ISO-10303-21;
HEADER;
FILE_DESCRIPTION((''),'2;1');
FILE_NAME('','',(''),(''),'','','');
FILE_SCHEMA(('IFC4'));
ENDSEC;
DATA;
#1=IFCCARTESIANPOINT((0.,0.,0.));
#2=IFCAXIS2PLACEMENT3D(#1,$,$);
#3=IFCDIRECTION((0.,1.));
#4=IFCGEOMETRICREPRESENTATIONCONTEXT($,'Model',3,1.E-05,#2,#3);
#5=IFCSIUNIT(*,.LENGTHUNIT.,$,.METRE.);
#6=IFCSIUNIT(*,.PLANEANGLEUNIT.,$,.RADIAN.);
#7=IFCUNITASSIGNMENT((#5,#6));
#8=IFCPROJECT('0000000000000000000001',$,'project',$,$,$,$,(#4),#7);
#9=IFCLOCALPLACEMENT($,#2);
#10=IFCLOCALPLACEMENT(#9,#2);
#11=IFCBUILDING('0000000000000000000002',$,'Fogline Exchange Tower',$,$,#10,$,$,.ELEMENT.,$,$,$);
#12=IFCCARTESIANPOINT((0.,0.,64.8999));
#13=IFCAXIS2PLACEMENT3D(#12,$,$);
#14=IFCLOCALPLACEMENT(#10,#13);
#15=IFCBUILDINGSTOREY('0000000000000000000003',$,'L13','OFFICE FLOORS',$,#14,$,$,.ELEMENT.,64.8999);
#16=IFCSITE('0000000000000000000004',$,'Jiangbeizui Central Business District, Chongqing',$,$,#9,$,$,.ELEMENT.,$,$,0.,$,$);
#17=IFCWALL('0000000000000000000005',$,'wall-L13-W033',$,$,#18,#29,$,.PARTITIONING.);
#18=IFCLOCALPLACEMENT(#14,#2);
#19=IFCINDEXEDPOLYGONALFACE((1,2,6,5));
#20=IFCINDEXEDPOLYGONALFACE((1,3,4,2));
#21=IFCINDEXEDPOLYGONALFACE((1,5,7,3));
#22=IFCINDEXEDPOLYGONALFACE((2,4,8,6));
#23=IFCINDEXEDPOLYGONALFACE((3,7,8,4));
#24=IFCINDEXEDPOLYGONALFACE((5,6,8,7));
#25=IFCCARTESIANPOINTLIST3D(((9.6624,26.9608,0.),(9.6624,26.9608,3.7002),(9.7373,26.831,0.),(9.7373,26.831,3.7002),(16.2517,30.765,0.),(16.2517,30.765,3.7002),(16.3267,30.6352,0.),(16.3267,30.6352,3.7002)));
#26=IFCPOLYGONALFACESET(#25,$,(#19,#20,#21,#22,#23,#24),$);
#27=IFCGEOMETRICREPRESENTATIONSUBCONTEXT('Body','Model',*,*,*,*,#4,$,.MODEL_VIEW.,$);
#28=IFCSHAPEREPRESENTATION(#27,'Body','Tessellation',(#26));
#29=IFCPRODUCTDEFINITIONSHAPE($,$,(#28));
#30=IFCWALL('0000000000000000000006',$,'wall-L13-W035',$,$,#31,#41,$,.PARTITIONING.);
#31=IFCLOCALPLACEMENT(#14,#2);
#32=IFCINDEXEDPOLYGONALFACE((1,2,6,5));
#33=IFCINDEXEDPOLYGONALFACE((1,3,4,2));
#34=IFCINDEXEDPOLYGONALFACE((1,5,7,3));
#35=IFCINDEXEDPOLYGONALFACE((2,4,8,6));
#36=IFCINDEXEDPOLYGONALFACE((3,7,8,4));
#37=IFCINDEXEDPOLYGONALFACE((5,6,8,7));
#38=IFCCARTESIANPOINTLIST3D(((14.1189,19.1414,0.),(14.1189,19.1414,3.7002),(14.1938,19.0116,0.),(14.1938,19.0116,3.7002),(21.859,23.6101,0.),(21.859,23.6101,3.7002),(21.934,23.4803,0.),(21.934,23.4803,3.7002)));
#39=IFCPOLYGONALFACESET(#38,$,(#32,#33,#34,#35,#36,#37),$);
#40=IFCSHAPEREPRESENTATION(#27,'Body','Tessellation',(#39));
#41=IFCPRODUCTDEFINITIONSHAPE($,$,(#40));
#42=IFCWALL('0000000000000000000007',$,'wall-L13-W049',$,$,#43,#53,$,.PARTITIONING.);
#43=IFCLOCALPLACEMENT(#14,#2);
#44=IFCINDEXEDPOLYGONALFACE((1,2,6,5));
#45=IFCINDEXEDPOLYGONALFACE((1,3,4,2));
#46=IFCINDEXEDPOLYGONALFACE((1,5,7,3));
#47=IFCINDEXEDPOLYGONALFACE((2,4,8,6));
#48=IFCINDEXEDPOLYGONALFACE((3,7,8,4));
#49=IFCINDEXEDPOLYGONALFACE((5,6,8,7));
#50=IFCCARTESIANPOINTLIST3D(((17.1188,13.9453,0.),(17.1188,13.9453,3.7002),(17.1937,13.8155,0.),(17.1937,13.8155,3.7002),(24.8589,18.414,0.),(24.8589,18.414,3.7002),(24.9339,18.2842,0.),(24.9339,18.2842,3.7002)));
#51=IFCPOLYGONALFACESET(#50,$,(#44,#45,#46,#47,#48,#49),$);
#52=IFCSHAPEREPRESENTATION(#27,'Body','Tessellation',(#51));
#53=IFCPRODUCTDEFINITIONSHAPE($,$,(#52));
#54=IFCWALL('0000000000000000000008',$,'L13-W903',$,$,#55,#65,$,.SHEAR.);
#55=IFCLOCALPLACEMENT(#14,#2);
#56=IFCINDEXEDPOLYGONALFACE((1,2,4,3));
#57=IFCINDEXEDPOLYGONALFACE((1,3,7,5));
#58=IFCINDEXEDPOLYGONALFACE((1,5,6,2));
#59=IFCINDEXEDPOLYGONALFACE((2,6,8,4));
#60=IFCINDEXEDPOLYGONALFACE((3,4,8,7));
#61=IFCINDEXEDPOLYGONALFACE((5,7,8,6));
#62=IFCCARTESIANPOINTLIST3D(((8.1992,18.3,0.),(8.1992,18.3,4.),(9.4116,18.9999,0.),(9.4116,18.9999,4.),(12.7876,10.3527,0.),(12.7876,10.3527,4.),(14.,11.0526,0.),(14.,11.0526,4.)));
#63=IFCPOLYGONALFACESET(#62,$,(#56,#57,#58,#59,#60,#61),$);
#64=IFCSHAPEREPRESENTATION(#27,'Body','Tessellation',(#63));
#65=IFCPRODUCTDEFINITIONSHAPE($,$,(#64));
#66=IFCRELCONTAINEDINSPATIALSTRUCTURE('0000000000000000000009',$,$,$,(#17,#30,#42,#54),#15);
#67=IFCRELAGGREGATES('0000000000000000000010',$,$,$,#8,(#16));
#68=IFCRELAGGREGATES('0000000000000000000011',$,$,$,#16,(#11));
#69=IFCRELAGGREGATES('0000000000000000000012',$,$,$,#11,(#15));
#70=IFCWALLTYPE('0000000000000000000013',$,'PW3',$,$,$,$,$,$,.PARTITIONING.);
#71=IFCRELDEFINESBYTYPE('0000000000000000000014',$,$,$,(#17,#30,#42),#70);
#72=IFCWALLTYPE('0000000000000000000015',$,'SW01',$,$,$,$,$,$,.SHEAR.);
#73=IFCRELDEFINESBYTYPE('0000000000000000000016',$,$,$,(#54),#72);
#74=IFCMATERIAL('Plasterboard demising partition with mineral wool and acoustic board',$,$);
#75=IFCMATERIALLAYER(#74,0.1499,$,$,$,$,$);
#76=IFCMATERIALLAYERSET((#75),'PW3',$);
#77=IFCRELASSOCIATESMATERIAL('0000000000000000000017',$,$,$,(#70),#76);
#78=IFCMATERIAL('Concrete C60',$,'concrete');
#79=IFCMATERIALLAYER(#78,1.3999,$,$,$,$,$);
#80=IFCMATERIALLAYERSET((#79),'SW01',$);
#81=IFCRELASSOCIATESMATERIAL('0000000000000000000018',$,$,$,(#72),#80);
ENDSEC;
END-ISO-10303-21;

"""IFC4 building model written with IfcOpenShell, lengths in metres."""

from ifc_helpers import new_model, si_unit, direction, frame, frame_2d, origin, place, context, subcontext, project, spatial, rectangle, extrude, material, layer, layer_set, type_object, element, save


model = new_model("IFC4")

# Units and contexts
model_context = context("Model", 3, precision=1e-05, world=origin(), true_north=direction((0.0, 1.0)))
body_context = subcontext(model_context, "Body", "Model", "MODEL_VIEW")
ifc_project = project(units=[si_unit("LENGTHUNIT", "METRE"), si_unit("PLANEANGLEUNIT", "RADIAN")], contexts=[model_context])

# Site, building, storey
site_placement = place(None, origin())
site = spatial("IfcSite", under=ifc_project, at=site_placement, Name="Jiangbeizui Central Business District, Chongqing", CompositionType="ELEMENT", RefElevation=0.0)
building_placement = place(site_placement, origin())
building = spatial("IfcBuilding", under=site, at=building_placement, Name="Fogline Exchange Tower", CompositionType="ELEMENT")
storey_placement = place(building_placement, frame((0.0, 0.0, 64.8999)))
storey = spatial("IfcBuildingStorey", under=building, at=storey_placement, Name="L13", Description="OFFICE FLOORS", CompositionType="ELEMENT", Elevation=64.8999)

# Walls
ifc_material_1 = material(Name="Plasterboard demising partition with mineral wool and acoustic board")
ifc_layer_1 = layer(ifc_material_1, 0.1499)
ifc_layer_set_1 = layer_set([ifc_layer_1], Name="PW3")
wall_type_1 = type_object("IfcWallType", Name="PW3", PredefinedType="PARTITIONING", material=ifc_layer_set_1)
wall_1_placement = place(storey_placement, frame((9.7, 26.896, 0.0), z_axis=(0.0, 0.0, 1.0), x_axis=(0.866035, 0.499984, 0.0)))
element("IfcWall", 1, at=wall_1_placement, inside=storey, type_object=wall_type_1, Name="wall-L13-W033", PredefinedType="PARTITIONING", context=body_context, shape_type="SweptSolid", body=[
    extrude(rectangle(XDim=7.6086, YDim=0.1499, at=frame_2d((3.8042, 0.0))), origin(), (0.0, 0.0, 1.0), 3.7002),
])
for number, where, z_axis, x_axis, name in (
    (2, (21.8965, 23.5452, 0.0), (0.0, 0.0, 1.0), (-0.866029, -0.499994, 0.0), "wall-L13-W035"),
    (3, (17.1562, 13.8804, 0.0), (0.0, 0.0, 1.0), (0.866029, 0.499994, 0.0), "wall-L13-W049"),
):
    element("IfcWall", number, at=place(storey_placement, frame(where, z_axis=z_axis, x_axis=x_axis)), inside=storey, type_object=wall_type_1, Name=name, PredefinedType="PARTITIONING", context=body_context, shape_type="SweptSolid", body=[
        extrude(rectangle(XDim=8.9375, YDim=0.1499, at=frame_2d((4.4688, 0.0))), origin(), (0.0, 0.0, 1.0), 3.7002),
    ])
ifc_material_2 = material(Name="Concrete C60", Category="concrete")
ifc_layer_2 = layer(ifc_material_2, 1.3999)
ifc_layer_set_2 = layer_set([ifc_layer_2], Name="SW01")
wall_type_2 = type_object("IfcWallType", Name="SW01", PredefinedType="SHEAR", material=ifc_layer_set_2)
wall_2_placement = place(storey_placement, frame((13.3938, 10.7026, 0.0), z_axis=(0.0, 0.0, 1.0), x_axis=(-0.500002, 0.866024, 0.0)))
element("IfcWall", 4, at=wall_2_placement, inside=storey, type_object=wall_type_2, Name="L13-W903", PredefinedType="SHEAR", context=body_context, shape_type="SweptSolid", body=[
    extrude(rectangle(XDim=9.1768, YDim=1.3999, at=frame_2d((4.5884, 0.0))), origin(), (0.0, 0.0, 1.0), 4.0),
])

save(model, "model.ifc")
